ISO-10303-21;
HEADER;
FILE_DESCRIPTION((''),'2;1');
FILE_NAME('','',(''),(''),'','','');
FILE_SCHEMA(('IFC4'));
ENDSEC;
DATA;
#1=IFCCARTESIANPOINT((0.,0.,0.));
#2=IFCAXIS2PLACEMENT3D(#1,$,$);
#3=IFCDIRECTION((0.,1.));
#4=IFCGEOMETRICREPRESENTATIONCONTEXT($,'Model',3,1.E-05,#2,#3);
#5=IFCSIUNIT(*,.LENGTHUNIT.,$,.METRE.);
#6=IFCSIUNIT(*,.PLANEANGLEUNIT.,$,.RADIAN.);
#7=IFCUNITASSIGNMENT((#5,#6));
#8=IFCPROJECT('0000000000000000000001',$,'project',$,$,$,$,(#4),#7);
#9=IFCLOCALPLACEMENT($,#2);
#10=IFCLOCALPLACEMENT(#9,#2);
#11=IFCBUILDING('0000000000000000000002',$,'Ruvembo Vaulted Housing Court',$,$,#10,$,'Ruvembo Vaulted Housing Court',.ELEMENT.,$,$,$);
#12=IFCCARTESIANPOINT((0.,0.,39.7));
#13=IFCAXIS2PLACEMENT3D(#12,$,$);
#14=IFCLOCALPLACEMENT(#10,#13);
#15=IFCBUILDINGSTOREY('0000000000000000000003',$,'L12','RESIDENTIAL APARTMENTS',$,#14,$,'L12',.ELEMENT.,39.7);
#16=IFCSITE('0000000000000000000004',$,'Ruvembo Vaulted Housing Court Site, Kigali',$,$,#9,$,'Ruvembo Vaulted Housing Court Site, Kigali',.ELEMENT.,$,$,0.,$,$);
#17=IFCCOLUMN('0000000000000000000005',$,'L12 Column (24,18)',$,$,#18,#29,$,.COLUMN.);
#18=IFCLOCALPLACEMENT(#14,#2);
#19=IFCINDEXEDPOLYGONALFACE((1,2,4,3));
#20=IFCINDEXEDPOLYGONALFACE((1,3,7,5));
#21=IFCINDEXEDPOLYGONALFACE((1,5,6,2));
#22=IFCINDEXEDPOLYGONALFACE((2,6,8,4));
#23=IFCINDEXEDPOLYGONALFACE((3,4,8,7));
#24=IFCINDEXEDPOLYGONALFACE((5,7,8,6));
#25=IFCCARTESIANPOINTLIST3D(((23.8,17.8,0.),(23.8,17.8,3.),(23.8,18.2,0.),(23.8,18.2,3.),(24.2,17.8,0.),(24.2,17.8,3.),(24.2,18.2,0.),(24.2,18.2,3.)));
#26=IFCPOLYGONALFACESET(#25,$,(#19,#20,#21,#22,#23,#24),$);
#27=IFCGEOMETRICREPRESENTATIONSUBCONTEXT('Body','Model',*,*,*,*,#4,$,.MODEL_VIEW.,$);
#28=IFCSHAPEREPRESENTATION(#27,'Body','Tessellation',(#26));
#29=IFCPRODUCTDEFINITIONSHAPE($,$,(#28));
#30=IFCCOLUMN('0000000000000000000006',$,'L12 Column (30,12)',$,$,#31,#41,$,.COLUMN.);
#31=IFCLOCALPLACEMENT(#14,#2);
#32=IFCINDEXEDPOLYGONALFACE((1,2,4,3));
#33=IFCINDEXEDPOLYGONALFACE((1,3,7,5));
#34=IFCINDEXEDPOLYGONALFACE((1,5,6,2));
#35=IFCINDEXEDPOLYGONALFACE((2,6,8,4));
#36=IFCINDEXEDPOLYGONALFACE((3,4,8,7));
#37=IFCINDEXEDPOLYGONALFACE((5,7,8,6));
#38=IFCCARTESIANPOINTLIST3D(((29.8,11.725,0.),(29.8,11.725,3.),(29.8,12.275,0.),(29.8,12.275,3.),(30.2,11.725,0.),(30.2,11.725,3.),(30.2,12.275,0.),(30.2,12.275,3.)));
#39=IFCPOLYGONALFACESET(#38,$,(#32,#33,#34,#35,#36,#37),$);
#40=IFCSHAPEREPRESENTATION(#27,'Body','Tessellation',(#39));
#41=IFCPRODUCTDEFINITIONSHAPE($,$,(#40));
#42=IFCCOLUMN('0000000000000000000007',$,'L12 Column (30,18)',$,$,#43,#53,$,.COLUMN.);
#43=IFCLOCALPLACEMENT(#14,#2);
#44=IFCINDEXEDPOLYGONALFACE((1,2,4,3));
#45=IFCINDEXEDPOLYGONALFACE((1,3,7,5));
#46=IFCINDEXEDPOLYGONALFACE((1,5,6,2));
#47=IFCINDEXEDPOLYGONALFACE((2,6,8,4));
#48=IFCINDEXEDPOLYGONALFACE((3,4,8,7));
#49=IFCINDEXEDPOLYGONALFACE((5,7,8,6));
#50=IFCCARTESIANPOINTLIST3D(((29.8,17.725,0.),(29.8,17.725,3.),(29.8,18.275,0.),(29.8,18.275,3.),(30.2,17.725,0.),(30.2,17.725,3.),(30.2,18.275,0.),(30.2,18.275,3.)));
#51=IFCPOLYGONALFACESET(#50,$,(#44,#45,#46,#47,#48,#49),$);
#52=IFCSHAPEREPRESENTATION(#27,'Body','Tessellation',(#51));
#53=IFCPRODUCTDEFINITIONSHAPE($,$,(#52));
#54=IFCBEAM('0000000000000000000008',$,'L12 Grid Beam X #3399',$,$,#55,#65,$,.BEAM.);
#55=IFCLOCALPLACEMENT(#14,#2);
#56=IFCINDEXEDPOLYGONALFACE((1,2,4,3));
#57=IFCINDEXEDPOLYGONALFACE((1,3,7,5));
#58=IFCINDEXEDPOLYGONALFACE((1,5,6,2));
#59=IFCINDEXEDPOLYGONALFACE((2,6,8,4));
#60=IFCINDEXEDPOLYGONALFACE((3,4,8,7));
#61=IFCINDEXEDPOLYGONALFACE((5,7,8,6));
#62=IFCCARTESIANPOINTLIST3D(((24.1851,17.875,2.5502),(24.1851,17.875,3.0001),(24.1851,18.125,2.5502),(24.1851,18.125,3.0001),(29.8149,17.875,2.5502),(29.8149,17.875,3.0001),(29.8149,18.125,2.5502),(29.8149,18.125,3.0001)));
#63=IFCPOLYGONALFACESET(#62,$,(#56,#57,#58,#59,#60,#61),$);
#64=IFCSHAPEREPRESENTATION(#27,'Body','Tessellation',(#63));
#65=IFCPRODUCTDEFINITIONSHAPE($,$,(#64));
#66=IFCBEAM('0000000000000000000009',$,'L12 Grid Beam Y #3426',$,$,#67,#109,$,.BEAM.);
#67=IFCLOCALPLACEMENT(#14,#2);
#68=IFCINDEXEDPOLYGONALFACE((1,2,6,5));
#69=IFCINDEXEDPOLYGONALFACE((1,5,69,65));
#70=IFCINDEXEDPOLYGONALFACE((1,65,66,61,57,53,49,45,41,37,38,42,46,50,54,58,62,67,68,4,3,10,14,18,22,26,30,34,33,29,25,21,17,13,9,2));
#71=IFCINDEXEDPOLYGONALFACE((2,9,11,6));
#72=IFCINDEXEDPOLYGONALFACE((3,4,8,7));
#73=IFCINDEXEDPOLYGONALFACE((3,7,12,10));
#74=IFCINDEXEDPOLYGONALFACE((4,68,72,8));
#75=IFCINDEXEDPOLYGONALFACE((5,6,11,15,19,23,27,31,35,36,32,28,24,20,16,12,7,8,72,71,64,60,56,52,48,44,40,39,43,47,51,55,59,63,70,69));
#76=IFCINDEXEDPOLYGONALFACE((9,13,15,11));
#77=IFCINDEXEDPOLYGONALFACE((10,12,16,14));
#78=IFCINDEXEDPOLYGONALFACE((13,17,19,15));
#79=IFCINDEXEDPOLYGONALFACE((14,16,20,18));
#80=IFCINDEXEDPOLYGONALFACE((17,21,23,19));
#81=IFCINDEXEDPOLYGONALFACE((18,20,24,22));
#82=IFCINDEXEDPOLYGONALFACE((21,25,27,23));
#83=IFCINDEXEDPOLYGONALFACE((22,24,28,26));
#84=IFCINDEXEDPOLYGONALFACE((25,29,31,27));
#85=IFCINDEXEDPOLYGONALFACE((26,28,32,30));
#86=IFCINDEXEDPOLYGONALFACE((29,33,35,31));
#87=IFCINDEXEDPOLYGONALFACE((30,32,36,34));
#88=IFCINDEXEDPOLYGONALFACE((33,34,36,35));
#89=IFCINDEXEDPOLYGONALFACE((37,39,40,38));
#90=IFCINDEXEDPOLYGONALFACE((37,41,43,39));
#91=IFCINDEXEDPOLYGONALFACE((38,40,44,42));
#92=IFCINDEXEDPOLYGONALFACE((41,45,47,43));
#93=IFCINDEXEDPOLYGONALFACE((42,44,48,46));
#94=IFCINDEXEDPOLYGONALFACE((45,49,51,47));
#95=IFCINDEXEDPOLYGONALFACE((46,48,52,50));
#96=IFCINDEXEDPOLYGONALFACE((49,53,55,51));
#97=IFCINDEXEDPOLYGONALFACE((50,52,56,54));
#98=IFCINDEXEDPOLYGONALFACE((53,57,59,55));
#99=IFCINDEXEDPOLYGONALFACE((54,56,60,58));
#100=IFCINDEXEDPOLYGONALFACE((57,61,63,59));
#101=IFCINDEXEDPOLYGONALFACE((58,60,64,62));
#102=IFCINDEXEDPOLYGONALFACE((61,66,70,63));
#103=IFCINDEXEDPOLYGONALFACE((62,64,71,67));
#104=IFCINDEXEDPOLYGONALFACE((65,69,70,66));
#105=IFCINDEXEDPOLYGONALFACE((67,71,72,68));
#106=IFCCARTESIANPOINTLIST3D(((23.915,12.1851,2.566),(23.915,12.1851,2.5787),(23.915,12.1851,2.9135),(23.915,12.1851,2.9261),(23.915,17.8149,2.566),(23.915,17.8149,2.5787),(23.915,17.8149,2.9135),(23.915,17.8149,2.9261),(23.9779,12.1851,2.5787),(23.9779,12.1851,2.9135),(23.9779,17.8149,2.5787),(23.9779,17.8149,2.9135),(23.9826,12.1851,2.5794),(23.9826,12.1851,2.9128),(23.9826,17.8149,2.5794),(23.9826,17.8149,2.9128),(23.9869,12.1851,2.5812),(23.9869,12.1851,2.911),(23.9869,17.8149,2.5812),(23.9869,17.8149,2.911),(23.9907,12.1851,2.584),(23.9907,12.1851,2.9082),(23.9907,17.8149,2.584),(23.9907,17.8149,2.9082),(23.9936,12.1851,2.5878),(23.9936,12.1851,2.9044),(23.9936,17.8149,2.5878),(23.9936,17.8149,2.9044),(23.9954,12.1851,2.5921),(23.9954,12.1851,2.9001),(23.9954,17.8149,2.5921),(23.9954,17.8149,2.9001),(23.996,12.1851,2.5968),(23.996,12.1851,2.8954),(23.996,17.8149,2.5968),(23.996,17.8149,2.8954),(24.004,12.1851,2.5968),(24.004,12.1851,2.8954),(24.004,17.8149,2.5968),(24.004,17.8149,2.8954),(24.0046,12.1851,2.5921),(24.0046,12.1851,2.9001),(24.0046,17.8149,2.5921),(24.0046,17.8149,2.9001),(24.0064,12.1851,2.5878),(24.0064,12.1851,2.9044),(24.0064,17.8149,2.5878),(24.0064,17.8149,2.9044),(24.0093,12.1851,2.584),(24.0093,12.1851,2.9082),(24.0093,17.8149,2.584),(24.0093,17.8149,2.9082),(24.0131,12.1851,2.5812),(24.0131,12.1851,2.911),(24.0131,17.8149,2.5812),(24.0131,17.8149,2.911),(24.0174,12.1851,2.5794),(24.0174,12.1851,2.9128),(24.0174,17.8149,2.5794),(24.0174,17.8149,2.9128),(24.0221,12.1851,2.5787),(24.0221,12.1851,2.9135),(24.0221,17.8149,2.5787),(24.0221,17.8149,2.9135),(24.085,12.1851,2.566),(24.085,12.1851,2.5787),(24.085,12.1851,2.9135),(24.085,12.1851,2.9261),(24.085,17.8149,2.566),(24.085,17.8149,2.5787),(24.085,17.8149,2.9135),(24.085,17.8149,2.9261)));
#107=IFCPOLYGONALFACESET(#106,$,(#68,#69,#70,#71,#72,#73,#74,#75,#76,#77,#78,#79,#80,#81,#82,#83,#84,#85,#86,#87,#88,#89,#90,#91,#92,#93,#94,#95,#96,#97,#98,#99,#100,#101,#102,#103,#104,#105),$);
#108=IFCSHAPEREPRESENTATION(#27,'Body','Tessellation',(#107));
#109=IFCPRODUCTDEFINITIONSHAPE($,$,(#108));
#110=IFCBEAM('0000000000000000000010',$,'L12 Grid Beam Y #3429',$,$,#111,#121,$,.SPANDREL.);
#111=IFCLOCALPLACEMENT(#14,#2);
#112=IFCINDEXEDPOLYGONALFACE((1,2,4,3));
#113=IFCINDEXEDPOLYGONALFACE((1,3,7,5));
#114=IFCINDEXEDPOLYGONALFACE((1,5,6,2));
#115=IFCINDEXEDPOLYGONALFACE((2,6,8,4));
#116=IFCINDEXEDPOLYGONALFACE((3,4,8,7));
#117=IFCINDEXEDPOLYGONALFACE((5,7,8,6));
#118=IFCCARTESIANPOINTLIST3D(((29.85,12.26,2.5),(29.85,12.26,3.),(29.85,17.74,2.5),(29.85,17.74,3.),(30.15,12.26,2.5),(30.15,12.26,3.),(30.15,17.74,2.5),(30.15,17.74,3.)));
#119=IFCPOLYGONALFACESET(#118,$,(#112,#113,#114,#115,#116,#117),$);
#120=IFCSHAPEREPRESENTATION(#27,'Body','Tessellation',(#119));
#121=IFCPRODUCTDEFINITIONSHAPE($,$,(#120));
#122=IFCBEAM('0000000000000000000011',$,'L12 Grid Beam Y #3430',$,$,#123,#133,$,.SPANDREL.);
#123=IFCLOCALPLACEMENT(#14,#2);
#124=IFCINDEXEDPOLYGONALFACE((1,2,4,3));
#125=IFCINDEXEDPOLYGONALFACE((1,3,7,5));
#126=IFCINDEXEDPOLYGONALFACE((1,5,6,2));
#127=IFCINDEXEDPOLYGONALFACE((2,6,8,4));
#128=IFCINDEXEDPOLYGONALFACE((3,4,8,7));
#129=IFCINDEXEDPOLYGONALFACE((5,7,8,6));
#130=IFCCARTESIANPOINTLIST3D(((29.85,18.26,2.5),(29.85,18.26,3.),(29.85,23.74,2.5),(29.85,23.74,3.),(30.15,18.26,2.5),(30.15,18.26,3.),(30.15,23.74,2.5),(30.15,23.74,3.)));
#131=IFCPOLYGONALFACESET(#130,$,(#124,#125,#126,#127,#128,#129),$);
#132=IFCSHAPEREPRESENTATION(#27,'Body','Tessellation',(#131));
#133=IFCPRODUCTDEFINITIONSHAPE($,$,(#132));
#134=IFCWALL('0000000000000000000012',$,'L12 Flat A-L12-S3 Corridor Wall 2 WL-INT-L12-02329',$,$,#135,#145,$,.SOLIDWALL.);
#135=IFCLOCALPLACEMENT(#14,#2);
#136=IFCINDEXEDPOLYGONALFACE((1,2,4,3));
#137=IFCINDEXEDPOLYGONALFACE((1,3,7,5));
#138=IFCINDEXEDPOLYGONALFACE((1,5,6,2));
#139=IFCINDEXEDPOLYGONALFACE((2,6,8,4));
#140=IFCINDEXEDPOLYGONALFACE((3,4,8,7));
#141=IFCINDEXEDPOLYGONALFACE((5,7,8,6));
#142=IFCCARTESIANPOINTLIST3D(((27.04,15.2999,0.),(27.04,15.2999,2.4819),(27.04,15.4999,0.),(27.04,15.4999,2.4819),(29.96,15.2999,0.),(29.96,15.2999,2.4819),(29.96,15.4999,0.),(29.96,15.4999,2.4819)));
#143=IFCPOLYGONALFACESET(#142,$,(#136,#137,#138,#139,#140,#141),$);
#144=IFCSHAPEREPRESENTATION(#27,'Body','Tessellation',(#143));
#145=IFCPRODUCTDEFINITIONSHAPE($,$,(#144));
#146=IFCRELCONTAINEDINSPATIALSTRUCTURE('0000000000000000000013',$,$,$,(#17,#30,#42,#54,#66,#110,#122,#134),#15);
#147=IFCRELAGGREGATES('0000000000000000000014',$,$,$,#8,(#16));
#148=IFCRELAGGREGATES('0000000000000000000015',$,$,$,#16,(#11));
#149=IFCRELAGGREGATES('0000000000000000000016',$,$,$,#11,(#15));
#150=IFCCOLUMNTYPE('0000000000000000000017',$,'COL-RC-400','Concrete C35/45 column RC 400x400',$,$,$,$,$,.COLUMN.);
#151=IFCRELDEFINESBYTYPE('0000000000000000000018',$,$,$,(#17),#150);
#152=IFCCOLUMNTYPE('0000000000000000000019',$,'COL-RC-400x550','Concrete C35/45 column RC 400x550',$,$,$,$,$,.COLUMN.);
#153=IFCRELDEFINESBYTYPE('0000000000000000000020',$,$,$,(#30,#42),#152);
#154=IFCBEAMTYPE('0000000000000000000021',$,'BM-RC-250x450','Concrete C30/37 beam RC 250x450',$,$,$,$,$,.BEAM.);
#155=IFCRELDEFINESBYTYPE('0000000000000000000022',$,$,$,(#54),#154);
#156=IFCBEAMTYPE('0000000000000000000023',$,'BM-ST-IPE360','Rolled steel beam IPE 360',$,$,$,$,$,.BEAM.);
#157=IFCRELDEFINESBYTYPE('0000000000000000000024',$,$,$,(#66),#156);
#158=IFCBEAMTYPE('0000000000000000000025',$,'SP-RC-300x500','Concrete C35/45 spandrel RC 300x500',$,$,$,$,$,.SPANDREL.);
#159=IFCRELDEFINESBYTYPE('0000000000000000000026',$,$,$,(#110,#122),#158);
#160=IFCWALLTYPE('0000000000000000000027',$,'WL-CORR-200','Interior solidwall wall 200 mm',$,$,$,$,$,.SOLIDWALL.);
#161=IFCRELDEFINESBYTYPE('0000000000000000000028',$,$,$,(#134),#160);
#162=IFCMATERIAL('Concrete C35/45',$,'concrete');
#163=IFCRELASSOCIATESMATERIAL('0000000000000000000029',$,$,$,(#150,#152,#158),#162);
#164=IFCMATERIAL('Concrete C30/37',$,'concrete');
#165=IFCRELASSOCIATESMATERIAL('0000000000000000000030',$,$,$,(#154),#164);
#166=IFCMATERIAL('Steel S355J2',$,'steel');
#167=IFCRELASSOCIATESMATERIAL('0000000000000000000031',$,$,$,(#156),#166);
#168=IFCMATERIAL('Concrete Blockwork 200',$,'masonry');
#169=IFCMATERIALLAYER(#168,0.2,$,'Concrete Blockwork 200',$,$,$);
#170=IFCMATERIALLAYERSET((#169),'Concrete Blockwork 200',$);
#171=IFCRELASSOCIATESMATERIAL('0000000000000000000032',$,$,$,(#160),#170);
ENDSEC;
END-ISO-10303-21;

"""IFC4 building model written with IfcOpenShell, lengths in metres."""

from ifc_helpers import new_model, si_unit, direction, frame, frame_2d, origin, origin_2d, place, context, subcontext, project, spatial, rectangle, i_section, extrude, material, layer, layer_set, material_profile, profile_set, type_object, element, save


model = new_model("IFC4")

# Units and contexts
model_context = context("Model", 3, precision=1e-05, world=origin(), true_north=direction((0.0, 1.0)))
body_context = subcontext(model_context, "Body", "Model", "MODEL_VIEW")
ifc_project = project(units=[si_unit("LENGTHUNIT", "METRE"), si_unit("PLANEANGLEUNIT", "RADIAN")], contexts=[model_context])

# Site, building, storey
site_placement = place(None, origin())
site = spatial("IfcSite", under=ifc_project, at=site_placement, Name="Ruvembo Vaulted Housing Court Site, Kigali", LongName="Ruvembo Vaulted Housing Court Site, Kigali", CompositionType="ELEMENT", RefElevation=0.0)
building_placement = place(site_placement, origin())
building = spatial("IfcBuilding", under=site, at=building_placement, Name="Ruvembo Vaulted Housing Court", LongName="Ruvembo Vaulted Housing Court", CompositionType="ELEMENT")
storey_placement = place(building_placement, frame((0.0, 0.0, 39.7)))
storey = spatial("IfcBuildingStorey", under=building, at=storey_placement, Name="L12", Description="RESIDENTIAL APARTMENTS", LongName="L12", CompositionType="ELEMENT", Elevation=39.7)

# Columns
ifc_material_1 = material(Name="Concrete C35/45", Category="concrete")
ifc_material_profile_1 = material_profile(ifc_material_1, rectangle(XDim=0.3999, YDim=0.3999, at=origin_2d()), Name="RC 400x400")
ifc_profile_set_1 = profile_set([ifc_material_profile_1], Name="Concrete C35/45")
column_type_1 = type_object("IfcColumnType", Name="COL-RC-400", Description="Concrete C35/45 column RC 400x400", PredefinedType="COLUMN", material=ifc_profile_set_1)
column_placement = place(storey_placement, frame((24.0, 18.0, 0.0), z_axis=(0.0, 0.0, 1.0), x_axis=(1.0, 0.0, 0.0)))
element("IfcColumn", 1, at=column_placement, inside=storey, type_object=column_type_1, Name="L12 Column (24,18)", PredefinedType="COLUMN", context=body_context, shape_type="SweptSolid", body=[
    extrude(rectangle(XDim=0.3999, YDim=0.3999, at=origin_2d()), origin(), (0.0, 0.0, 1.0), 3.0),
])
ifc_material_profile_2 = material_profile(ifc_material_1, rectangle(XDim=0.3999, YDim=0.55, at=origin_2d()), Name="RC 400x550")
ifc_profile_set_2 = profile_set([ifc_material_profile_2], Name="Concrete C35/45")
column_type_2 = type_object("IfcColumnType", Name="COL-RC-400x550", Description="Concrete C35/45 column RC 400x550", PredefinedType="COLUMN", material=ifc_profile_set_2)
for number, where, z_axis, x_axis, name in (
    (2, (30.0, 12.0, 0.0), (0.0, 0.0, 1.0), (1.0, 0.0, 0.0), "L12 Column (30,12)"),
    (3, (30.0, 18.0, 0.0), (0.0, 0.0, 1.0), (1.0, 0.0, 0.0), "L12 Column (30,18)"),
):
    element("IfcColumn", number, at=place(storey_placement, frame(where, z_axis=z_axis, x_axis=x_axis)), inside=storey, type_object=column_type_2, Name=name, PredefinedType="COLUMN", context=body_context, shape_type="SweptSolid", body=[
        extrude(rectangle(XDim=0.3999, YDim=0.55, at=origin_2d()), origin(), (0.0, 0.0, 1.0), 3.0),
    ])

# Beams
ifc_material_2 = material(Name="Concrete C30/37", Category="concrete")
ifc_material_profile_3 = material_profile(ifc_material_2, rectangle(XDim=0.25, YDim=0.45, at=origin_2d()), Name="RC 250x450")
ifc_profile_set_3 = profile_set([ifc_material_profile_3], Name="Concrete C30/37")
beam_type_1 = type_object("IfcBeamType", Name="BM-RC-250x450", Description="Concrete C30/37 beam RC 250x450", PredefinedType="BEAM", material=ifc_profile_set_3)
beam_1_placement = place(storey_placement, frame((24.1851, 18.0, 2.7751), z_axis=(1.0, 0.0, 0.0), x_axis=(0.0, 1.0, 0.0)))
element("IfcBeam", 4, at=beam_1_placement, inside=storey, type_object=beam_type_1, Name="L12 Grid Beam X #3399", PredefinedType="BEAM", context=body_context, shape_type="SweptSolid", body=[
    extrude(rectangle(XDim=0.25, YDim=0.45, at=origin_2d()), origin(), (0.0, 0.0, 1.0), 5.6299),
])
ifc_material_3 = material(Name="Steel S355J2", Category="steel")
ifc_material_profile_4 = material_profile(ifc_material_3, i_section(OverallWidth=0.1699, OverallDepth=0.3601, WebThickness=0.0081, FlangeThickness=0.0127, FilletRadius=0.0181, at=origin_2d()), Name="IPE 360")
ifc_profile_set_4 = profile_set([ifc_material_profile_4], Name="Steel S355J2")
beam_type_2 = type_object("IfcBeamType", Name="BM-ST-IPE360", Description="Rolled steel beam IPE 360", PredefinedType="BEAM", material=ifc_profile_set_4)
beam_2_placement = place(storey_placement, frame((24.0, 12.1851, 2.7461), z_axis=(0.0, 1.0, 0.0), x_axis=(-1.0, 0.0, 0.0)))
element("IfcBeam", 5, at=beam_2_placement, inside=storey, type_object=beam_type_2, Name="L12 Grid Beam Y #3426", PredefinedType="BEAM", context=body_context, shape_type="SweptSolid", body=[
    extrude(i_section(OverallWidth=0.1699, OverallDepth=0.3601, WebThickness=0.0081, FlangeThickness=0.0127, FilletRadius=0.0181, at=origin_2d()), origin(), (0.0, 0.0, 1.0), 5.6299),
])
ifc_material_profile_5 = material_profile(ifc_material_1, rectangle(XDim=0.3, YDim=0.5, at=origin_2d()), Name="RC 300x500")
ifc_profile_set_5 = profile_set([ifc_material_profile_5], Name="Concrete C35/45")
beam_type_3 = type_object("IfcBeamType", Name="SP-RC-300x500", Description="Concrete C35/45 spandrel RC 300x500", PredefinedType="SPANDREL", material=ifc_profile_set_5)
for number, where, z_axis, x_axis, name in (
    (6, (30.0, 12.26, 2.75), (0.0, 1.0, 0.0), (-1.0, 0.0, 0.0), "L12 Grid Beam Y #3429"),
    (7, (30.0, 18.26, 2.75), (0.0, 1.0, 0.0), (-1.0, 0.0, 0.0), "L12 Grid Beam Y #3430"),
):
    element("IfcBeam", number, at=place(storey_placement, frame(where, z_axis=z_axis, x_axis=x_axis)), inside=storey, type_object=beam_type_3, Name=name, PredefinedType="SPANDREL", context=body_context, shape_type="SweptSolid", body=[
        extrude(rectangle(XDim=0.3, YDim=0.5, at=origin_2d()), origin(), (0.0, 0.0, 1.0), 5.48),
    ])

# Shared definitions
ifc_material_4 = material(Name="Concrete Blockwork 200", Category="masonry")
ifc_layer_1 = layer(ifc_material_4, 0.2, Name="Concrete Blockwork 200")
ifc_layer_set_1 = layer_set([ifc_layer_1], Name="Concrete Blockwork 200")
wall_type_1 = type_object("IfcWallType", Name="WL-CORR-200", Description="Interior solidwall wall 200 mm", PredefinedType="SOLIDWALL", material=ifc_layer_set_1)

# Wall
wall_1_placement = place(storey_placement, frame((27.04, 15.3999, 0.0), z_axis=(0.0, 0.0, 1.0), x_axis=(1.0, 0.0, 0.0)))
element("IfcWall", 8, at=wall_1_placement, inside=storey, type_object=wall_type_1, Name="L12 Flat A-L12-S3 Corridor Wall 2 WL-INT-L12-02329", PredefinedType="SOLIDWALL", context=body_context, shape_type="SweptSolid", body=[
    extrude(rectangle(XDim=2.9199, YDim=0.2, at=frame_2d((1.46, 0.0))), origin(), (0.0, 0.0, 1.0), 2.4819),
])

save(model, "model.ifc")
